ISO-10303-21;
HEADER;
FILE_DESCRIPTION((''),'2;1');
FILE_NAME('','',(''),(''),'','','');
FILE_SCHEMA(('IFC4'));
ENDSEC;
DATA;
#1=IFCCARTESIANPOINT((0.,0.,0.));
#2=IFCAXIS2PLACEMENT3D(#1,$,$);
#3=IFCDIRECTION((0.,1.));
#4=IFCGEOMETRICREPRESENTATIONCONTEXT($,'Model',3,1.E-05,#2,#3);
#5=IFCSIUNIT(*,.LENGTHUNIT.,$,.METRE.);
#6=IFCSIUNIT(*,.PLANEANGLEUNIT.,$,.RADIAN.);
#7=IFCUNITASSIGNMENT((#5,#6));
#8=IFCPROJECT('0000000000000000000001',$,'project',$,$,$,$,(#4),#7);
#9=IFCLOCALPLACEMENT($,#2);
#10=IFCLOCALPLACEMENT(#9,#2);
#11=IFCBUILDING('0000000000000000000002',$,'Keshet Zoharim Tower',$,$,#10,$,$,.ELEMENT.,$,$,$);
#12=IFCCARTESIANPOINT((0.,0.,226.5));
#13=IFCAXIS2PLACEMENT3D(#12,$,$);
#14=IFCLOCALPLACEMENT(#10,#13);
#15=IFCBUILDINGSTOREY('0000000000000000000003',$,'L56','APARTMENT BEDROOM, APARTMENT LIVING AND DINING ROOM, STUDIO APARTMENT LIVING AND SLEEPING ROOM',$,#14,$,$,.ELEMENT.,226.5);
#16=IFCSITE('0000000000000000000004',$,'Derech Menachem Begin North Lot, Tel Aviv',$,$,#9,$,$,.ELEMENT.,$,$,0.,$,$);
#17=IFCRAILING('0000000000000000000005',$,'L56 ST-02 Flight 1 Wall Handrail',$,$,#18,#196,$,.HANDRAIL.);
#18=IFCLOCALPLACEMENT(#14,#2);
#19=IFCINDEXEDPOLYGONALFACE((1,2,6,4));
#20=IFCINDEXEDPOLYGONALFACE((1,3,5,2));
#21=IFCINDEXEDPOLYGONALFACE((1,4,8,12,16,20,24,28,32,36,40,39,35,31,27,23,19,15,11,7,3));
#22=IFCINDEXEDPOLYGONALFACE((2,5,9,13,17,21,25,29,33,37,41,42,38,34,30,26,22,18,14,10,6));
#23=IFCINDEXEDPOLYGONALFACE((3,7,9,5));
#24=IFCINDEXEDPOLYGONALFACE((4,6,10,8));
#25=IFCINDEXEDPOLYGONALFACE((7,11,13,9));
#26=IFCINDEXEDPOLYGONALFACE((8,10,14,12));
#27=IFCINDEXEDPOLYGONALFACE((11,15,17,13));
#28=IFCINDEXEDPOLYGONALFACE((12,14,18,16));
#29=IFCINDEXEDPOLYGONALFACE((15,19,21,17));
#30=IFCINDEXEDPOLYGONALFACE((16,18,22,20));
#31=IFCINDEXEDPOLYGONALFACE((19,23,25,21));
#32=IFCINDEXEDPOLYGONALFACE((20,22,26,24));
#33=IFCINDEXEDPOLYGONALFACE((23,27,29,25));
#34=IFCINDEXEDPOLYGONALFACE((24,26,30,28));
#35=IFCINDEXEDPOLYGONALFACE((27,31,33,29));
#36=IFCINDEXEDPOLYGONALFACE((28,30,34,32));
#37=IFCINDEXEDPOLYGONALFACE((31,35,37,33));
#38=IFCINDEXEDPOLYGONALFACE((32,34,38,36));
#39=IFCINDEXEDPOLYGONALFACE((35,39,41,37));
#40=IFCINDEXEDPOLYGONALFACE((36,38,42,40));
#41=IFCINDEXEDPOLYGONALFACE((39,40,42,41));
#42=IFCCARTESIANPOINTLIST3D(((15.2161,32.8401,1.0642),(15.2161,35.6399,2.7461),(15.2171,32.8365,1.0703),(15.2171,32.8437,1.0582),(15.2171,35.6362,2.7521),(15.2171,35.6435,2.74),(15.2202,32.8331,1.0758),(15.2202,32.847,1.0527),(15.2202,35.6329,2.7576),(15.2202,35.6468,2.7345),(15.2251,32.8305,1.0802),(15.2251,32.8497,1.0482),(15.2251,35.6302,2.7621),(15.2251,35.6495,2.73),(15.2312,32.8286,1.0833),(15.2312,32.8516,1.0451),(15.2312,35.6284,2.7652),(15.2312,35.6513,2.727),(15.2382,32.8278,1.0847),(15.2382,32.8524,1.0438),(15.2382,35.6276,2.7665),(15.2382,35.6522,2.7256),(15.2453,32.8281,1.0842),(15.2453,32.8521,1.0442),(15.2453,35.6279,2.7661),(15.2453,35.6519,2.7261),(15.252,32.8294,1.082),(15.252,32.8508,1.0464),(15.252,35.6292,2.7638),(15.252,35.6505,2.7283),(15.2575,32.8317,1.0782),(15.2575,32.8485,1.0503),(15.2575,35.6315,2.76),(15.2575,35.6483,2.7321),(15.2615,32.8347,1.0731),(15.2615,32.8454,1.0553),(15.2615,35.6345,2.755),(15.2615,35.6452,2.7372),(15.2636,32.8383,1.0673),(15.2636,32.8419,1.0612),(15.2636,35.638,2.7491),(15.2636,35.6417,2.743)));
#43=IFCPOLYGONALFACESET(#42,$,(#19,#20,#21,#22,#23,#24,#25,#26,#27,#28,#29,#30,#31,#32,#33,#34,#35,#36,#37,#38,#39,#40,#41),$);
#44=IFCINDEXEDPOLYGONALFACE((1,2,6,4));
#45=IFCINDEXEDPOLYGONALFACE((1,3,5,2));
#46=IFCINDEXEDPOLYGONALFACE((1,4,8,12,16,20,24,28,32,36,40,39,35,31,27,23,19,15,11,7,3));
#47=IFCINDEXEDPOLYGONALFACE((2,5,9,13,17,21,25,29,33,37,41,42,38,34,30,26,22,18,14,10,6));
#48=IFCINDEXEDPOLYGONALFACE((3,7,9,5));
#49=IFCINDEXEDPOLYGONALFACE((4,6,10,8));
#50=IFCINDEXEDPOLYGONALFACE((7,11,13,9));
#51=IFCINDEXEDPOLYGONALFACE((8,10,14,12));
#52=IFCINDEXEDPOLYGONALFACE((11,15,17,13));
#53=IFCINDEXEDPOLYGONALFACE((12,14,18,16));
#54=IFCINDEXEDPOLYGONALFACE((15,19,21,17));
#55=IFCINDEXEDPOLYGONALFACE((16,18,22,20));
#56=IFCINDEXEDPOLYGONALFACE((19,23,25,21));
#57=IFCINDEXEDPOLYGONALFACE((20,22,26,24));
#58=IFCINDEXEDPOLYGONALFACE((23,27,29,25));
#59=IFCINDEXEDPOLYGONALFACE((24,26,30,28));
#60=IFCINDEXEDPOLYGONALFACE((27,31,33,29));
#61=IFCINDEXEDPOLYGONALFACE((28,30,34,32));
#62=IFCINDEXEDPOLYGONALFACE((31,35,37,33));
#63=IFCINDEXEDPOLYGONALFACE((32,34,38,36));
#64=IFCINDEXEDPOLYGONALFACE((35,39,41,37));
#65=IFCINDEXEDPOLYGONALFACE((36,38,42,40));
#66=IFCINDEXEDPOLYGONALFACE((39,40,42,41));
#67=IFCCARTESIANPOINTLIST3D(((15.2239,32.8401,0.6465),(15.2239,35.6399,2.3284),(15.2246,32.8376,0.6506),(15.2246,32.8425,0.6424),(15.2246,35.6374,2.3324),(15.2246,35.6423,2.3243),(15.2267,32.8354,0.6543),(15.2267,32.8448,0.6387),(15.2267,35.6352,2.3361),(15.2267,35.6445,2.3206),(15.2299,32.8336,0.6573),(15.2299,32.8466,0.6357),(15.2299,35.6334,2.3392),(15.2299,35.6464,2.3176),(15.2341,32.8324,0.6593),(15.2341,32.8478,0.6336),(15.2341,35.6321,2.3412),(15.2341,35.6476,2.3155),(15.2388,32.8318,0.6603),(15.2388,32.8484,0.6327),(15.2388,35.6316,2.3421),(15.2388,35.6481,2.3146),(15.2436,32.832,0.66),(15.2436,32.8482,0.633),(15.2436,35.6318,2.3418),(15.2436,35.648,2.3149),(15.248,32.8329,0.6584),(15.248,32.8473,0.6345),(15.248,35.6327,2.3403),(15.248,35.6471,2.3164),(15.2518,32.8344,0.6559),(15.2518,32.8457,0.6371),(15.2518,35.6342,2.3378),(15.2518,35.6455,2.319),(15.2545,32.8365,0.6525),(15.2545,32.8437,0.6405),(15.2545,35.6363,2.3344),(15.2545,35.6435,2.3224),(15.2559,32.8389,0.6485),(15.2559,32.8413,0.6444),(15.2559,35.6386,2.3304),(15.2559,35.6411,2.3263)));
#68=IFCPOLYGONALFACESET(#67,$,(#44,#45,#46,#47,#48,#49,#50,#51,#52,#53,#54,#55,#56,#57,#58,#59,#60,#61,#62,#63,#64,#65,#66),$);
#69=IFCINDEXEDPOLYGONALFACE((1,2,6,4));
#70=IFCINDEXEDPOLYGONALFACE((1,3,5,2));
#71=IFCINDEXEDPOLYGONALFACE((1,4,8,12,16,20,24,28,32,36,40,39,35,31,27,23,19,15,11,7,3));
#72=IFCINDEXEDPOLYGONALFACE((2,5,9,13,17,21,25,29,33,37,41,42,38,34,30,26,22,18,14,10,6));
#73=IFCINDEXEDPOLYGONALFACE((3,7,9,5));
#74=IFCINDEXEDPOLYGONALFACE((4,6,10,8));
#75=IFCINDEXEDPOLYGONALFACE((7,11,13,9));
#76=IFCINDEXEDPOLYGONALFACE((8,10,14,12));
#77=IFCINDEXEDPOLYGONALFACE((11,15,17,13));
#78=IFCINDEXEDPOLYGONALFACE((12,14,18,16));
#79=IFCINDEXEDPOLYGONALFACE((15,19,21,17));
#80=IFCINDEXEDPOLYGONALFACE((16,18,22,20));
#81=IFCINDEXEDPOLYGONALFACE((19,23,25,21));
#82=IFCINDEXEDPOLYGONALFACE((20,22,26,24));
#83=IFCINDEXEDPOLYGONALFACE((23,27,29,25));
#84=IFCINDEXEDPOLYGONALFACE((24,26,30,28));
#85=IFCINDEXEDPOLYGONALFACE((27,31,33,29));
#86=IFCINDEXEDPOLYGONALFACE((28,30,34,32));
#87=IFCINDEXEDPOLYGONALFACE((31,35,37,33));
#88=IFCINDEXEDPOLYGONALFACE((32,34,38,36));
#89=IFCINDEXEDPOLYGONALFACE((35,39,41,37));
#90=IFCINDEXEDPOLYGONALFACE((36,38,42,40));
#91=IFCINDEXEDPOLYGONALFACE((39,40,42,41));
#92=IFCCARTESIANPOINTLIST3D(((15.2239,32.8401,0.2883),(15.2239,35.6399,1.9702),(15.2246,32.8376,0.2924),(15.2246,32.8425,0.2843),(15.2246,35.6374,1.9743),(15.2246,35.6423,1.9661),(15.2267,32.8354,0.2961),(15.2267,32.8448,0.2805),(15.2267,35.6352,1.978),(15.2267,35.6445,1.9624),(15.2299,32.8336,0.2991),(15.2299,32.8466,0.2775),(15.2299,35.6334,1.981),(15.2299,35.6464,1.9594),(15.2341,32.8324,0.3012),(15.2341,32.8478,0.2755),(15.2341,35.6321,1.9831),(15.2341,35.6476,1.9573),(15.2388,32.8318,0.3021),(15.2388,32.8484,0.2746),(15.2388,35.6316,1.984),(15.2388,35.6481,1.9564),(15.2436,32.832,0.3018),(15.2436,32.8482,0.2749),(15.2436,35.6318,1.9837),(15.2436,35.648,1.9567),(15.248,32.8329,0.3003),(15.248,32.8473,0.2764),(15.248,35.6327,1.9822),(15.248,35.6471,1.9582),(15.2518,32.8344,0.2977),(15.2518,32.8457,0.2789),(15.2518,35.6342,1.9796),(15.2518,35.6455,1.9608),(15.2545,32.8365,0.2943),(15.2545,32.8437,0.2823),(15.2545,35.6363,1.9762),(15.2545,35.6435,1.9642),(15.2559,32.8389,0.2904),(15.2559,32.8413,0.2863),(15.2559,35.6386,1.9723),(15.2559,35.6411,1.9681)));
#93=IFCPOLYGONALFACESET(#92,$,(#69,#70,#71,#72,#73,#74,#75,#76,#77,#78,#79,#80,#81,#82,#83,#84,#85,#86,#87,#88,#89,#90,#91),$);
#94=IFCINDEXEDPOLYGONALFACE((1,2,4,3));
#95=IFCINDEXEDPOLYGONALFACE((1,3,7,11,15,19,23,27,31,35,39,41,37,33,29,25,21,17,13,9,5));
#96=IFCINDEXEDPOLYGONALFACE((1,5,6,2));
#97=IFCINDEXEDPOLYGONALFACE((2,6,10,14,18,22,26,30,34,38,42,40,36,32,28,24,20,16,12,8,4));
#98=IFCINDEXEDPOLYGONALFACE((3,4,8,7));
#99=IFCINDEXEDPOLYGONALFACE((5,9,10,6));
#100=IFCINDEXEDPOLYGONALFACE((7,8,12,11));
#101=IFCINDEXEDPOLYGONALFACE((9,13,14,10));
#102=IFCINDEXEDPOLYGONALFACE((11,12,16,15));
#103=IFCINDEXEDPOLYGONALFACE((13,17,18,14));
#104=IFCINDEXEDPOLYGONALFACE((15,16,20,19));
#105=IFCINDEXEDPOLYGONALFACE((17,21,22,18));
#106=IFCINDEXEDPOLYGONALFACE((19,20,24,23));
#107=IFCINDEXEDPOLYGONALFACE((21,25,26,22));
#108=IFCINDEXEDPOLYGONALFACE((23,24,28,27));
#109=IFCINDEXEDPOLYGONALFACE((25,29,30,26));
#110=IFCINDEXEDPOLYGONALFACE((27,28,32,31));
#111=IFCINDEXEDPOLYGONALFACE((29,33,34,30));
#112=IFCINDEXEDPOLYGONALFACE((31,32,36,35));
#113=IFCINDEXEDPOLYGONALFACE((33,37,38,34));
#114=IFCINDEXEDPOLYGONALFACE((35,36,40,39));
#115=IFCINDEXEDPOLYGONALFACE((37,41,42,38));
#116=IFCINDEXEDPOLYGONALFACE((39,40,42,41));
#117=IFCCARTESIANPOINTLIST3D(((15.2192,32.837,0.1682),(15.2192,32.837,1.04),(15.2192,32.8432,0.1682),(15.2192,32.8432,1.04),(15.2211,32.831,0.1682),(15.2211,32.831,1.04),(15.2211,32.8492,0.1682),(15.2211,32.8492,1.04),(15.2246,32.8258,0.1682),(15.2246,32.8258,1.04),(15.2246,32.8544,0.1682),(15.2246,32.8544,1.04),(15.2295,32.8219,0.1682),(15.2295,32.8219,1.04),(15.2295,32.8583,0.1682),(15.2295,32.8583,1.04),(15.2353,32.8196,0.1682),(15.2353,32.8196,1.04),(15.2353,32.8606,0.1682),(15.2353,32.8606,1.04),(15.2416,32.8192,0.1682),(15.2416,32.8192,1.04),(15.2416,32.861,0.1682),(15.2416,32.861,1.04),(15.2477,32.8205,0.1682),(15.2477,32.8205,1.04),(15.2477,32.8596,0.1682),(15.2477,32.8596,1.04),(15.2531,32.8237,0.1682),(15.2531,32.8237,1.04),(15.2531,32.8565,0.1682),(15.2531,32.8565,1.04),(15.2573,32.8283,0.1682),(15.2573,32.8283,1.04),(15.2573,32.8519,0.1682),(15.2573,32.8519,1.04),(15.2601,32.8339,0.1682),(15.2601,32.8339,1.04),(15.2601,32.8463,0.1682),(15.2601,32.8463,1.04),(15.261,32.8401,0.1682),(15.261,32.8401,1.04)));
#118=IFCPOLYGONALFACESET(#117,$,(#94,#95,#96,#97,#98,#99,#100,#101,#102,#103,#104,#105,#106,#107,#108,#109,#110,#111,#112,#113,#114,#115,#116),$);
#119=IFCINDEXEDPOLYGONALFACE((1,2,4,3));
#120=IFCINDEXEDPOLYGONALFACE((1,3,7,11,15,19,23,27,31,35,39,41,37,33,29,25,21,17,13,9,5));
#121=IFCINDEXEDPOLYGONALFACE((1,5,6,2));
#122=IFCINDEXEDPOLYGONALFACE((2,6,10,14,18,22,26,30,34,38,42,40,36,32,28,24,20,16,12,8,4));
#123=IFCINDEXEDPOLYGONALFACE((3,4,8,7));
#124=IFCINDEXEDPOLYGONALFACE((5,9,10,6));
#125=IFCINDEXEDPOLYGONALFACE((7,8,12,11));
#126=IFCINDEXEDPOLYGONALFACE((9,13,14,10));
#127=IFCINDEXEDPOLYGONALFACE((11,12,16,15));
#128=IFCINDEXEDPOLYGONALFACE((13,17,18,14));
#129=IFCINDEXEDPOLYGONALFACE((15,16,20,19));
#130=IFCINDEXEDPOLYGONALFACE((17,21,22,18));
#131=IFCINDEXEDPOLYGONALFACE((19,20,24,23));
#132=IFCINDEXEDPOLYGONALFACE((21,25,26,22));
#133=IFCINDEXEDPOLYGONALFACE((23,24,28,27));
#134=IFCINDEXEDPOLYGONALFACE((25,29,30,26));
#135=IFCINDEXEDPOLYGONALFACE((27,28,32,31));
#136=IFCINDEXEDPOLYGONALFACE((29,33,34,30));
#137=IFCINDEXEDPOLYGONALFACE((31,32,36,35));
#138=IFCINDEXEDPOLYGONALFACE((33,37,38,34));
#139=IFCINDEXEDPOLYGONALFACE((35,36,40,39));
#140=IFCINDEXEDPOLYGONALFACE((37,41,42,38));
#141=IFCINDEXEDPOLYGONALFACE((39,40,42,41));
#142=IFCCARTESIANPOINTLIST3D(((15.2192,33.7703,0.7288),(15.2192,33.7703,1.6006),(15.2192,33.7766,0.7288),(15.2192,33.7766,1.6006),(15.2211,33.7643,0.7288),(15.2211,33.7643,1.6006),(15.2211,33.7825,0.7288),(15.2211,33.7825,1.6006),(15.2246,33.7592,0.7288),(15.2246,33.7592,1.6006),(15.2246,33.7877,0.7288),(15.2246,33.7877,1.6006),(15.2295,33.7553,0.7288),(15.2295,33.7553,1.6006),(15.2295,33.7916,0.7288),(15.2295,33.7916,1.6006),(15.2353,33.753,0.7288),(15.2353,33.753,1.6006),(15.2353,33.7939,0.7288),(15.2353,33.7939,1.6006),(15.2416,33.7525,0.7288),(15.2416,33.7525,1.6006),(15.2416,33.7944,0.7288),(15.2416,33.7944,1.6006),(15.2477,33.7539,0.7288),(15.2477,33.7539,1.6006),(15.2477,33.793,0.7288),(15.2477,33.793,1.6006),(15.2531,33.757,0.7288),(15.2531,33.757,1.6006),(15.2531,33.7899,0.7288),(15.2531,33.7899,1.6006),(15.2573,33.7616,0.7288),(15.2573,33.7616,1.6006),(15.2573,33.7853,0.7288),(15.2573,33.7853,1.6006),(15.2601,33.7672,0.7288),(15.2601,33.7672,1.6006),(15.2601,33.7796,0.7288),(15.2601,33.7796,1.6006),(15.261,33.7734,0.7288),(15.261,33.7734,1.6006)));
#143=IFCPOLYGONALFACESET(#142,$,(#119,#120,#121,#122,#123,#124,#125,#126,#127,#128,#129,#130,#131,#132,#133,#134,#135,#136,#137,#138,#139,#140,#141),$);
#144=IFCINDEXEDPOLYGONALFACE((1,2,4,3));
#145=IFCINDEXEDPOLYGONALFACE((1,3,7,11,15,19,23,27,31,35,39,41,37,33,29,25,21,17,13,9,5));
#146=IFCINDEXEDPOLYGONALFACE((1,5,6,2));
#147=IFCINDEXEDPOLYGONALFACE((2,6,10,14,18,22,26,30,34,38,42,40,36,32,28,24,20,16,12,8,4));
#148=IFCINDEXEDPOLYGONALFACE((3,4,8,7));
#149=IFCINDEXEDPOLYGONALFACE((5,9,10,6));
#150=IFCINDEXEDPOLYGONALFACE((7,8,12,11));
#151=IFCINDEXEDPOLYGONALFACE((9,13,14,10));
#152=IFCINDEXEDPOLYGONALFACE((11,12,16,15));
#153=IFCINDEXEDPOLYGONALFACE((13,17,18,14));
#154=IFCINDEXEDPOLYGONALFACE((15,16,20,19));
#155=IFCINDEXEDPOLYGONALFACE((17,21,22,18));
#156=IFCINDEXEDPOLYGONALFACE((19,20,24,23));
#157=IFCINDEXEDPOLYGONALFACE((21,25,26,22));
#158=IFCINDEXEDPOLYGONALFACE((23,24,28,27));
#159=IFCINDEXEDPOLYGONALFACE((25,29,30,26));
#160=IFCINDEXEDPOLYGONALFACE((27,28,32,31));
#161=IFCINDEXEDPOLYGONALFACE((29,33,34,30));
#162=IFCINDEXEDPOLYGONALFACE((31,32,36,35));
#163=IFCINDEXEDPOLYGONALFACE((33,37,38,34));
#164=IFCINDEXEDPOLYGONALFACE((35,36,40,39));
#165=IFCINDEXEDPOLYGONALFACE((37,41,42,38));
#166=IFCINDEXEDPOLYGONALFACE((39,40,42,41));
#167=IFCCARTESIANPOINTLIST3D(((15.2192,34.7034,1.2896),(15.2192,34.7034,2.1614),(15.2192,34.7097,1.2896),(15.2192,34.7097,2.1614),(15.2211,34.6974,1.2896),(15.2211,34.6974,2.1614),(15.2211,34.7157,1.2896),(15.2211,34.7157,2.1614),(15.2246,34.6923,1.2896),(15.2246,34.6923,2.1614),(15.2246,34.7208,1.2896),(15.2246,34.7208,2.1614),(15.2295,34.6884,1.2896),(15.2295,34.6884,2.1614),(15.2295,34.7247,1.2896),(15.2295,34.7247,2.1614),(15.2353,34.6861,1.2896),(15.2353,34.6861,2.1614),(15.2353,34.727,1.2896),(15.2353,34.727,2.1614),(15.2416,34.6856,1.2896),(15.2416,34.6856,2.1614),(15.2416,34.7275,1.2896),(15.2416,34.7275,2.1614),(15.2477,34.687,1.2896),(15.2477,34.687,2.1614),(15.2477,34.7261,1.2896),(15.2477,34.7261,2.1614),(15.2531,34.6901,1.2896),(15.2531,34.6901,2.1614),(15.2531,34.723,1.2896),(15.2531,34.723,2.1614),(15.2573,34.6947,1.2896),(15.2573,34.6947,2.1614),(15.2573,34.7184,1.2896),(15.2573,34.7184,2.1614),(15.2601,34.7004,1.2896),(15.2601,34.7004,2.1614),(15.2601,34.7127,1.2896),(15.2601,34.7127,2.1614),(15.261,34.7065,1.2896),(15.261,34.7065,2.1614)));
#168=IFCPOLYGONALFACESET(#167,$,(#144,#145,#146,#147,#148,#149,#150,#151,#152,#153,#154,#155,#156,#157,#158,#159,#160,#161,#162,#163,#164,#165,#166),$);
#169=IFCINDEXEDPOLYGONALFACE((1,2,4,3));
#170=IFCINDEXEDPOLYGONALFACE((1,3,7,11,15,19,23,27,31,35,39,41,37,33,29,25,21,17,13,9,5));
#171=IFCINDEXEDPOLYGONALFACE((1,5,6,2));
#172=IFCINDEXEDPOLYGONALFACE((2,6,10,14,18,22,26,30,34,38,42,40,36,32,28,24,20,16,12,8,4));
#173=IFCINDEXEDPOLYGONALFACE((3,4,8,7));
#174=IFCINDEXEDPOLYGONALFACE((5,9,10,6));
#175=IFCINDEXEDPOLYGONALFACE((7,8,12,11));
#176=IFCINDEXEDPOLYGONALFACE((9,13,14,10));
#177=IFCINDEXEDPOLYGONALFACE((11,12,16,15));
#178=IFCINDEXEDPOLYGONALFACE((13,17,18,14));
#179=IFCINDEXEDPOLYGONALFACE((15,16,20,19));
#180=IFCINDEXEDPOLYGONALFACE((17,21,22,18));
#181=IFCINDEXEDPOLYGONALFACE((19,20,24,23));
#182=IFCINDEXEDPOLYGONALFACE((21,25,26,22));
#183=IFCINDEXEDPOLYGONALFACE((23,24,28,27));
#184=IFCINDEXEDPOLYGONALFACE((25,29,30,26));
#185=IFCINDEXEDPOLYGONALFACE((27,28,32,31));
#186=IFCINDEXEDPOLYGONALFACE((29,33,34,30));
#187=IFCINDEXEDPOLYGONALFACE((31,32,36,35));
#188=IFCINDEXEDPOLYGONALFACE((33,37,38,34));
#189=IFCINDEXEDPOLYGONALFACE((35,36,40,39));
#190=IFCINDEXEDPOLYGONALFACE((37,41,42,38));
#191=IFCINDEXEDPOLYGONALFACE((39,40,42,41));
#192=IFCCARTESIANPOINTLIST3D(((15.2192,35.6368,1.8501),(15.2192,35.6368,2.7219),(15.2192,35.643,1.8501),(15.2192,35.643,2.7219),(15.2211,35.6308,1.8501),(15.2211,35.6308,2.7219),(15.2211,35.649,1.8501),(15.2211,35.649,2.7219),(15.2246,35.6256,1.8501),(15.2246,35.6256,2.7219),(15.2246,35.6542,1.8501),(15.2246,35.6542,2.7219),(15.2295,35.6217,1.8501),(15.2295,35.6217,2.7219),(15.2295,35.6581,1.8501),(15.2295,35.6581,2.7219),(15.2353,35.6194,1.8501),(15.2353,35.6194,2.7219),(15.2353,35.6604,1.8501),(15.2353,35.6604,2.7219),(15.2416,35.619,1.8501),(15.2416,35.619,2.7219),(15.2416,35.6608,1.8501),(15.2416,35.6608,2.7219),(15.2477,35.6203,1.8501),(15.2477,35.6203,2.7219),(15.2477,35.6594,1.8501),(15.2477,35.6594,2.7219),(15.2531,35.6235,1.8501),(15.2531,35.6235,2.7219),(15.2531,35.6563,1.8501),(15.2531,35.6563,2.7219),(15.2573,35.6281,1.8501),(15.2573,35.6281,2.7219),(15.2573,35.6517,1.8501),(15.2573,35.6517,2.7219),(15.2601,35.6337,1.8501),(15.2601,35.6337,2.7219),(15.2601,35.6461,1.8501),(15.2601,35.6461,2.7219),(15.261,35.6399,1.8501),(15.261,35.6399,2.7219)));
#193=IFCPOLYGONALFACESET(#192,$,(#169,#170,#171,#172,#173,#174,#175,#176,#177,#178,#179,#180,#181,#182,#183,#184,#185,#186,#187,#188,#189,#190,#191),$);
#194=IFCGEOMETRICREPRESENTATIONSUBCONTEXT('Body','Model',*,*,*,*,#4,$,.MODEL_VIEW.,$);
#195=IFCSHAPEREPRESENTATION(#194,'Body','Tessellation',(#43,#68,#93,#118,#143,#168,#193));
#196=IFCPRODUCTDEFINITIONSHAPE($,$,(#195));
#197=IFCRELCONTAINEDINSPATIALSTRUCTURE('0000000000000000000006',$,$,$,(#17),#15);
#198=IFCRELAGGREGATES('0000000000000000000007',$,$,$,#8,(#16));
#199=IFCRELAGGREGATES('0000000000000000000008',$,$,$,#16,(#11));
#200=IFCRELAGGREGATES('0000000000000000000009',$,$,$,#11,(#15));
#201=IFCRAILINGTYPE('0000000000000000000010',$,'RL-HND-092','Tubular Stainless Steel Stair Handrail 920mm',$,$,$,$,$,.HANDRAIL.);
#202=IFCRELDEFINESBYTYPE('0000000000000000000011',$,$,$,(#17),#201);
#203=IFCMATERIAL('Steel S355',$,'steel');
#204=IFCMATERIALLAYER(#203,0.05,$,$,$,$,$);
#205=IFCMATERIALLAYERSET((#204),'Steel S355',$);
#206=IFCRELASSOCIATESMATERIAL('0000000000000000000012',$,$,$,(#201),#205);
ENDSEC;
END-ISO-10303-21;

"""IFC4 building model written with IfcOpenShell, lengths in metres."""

from ifc_helpers import new_model, si_unit, direction, frame, origin, origin_2d, place, context, subcontext, project, spatial, circle, extrude, material, layer, layer_set, type_object, element, save


model = new_model("IFC4")

# Units and contexts
model_context = context("Model", 3, precision=1e-05, world=origin(), true_north=direction((0.0, 1.0)))
body_context = subcontext(model_context, "Body", "Model", "MODEL_VIEW")
ifc_project = project(units=[si_unit("LENGTHUNIT", "METRE"), si_unit("PLANEANGLEUNIT", "RADIAN")], contexts=[model_context])

# Site, building, storey
site_placement = place(None, origin())
site = spatial("IfcSite", under=ifc_project, at=site_placement, Name="Derech Menachem Begin North Lot, Tel Aviv", CompositionType="ELEMENT", RefElevation=0.0)
building_placement = place(site_placement, origin())
building = spatial("IfcBuilding", under=site, at=building_placement, Name="Keshet Zoharim Tower", CompositionType="ELEMENT")
storey_placement = place(building_placement, frame((0.0, 0.0, 226.5)))
storey = spatial("IfcBuildingStorey", under=building, at=storey_placement, Name="L56", Description="APARTMENT BEDROOM, APARTMENT LIVING AND DINING ROOM, STUDIO APARTMENT LIVING AND SLEEPING ROOM", CompositionType="ELEMENT", Elevation=226.5)

# Shared definitions
ifc_material_1 = material(Name="Steel S355", Category="steel")

# Railing
ifc_layer_1 = layer(ifc_material_1, 0.05)
ifc_layer_set_1 = layer_set([ifc_layer_1], Name="Steel S355")
railing_type_1 = type_object("IfcRailingType", Name="RL-HND-092", Description="Tubular Stainless Steel Stair Handrail 920mm", PredefinedType="HANDRAIL", material=ifc_layer_set_1)
railing_1_placement = place(storey_placement, frame((15.24, 32.8401, 0.1682)))
element("IfcRailing", 1, at=railing_1_placement, inside=storey, type_object=railing_type_1, Name="L56 ST-02 Flight 1 Wall Handrail", PredefinedType="HANDRAIL", context=body_context, shape_type="SweptSolid", body=[
    extrude(circle(Radius=0.0239, at=origin_2d()), frame((0.0, 0.0, 0.896), z_axis=(0.0, 0.857222, 0.514946), x_axis=(-1.0, 0.0, 0.0)), (0.0, 0.0, 1.0), 3.2661),
    extrude(circle(Radius=0.0161, at=origin_2d()), frame((0.0, 0.0, 0.4783), z_axis=(0.0, 0.857222, 0.514946), x_axis=(-1.0, 0.0, 0.0)), (0.0, 0.0, 1.0), 3.2661),
    extrude(circle(Radius=0.0161, at=origin_2d()), frame((0.0, 0.0, 0.1201), z_axis=(0.0, 0.857222, 0.514946), x_axis=(-1.0, 0.0, 0.0)), (0.0, 0.0, 1.0), 3.2661),
    extrude(circle(Radius=0.021, at=origin_2d()), origin(), (0.0, 0.0, 1.0), 0.8718),
    extrude(circle(Radius=0.021, at=origin_2d()), frame((0.0, 0.9333, 0.5605)), (0.0, 0.0, 1.0), 0.8718),
    extrude(circle(Radius=0.021, at=origin_2d()), frame((0.0, 1.8665, 1.1213)), (0.0, 0.0, 1.0), 0.8718),
    extrude(circle(Radius=0.021, at=origin_2d()), frame((0.0, 2.7998, 1.6819)), (0.0, 0.0, 1.0), 0.8718),
])

save(model, "model.ifc")
